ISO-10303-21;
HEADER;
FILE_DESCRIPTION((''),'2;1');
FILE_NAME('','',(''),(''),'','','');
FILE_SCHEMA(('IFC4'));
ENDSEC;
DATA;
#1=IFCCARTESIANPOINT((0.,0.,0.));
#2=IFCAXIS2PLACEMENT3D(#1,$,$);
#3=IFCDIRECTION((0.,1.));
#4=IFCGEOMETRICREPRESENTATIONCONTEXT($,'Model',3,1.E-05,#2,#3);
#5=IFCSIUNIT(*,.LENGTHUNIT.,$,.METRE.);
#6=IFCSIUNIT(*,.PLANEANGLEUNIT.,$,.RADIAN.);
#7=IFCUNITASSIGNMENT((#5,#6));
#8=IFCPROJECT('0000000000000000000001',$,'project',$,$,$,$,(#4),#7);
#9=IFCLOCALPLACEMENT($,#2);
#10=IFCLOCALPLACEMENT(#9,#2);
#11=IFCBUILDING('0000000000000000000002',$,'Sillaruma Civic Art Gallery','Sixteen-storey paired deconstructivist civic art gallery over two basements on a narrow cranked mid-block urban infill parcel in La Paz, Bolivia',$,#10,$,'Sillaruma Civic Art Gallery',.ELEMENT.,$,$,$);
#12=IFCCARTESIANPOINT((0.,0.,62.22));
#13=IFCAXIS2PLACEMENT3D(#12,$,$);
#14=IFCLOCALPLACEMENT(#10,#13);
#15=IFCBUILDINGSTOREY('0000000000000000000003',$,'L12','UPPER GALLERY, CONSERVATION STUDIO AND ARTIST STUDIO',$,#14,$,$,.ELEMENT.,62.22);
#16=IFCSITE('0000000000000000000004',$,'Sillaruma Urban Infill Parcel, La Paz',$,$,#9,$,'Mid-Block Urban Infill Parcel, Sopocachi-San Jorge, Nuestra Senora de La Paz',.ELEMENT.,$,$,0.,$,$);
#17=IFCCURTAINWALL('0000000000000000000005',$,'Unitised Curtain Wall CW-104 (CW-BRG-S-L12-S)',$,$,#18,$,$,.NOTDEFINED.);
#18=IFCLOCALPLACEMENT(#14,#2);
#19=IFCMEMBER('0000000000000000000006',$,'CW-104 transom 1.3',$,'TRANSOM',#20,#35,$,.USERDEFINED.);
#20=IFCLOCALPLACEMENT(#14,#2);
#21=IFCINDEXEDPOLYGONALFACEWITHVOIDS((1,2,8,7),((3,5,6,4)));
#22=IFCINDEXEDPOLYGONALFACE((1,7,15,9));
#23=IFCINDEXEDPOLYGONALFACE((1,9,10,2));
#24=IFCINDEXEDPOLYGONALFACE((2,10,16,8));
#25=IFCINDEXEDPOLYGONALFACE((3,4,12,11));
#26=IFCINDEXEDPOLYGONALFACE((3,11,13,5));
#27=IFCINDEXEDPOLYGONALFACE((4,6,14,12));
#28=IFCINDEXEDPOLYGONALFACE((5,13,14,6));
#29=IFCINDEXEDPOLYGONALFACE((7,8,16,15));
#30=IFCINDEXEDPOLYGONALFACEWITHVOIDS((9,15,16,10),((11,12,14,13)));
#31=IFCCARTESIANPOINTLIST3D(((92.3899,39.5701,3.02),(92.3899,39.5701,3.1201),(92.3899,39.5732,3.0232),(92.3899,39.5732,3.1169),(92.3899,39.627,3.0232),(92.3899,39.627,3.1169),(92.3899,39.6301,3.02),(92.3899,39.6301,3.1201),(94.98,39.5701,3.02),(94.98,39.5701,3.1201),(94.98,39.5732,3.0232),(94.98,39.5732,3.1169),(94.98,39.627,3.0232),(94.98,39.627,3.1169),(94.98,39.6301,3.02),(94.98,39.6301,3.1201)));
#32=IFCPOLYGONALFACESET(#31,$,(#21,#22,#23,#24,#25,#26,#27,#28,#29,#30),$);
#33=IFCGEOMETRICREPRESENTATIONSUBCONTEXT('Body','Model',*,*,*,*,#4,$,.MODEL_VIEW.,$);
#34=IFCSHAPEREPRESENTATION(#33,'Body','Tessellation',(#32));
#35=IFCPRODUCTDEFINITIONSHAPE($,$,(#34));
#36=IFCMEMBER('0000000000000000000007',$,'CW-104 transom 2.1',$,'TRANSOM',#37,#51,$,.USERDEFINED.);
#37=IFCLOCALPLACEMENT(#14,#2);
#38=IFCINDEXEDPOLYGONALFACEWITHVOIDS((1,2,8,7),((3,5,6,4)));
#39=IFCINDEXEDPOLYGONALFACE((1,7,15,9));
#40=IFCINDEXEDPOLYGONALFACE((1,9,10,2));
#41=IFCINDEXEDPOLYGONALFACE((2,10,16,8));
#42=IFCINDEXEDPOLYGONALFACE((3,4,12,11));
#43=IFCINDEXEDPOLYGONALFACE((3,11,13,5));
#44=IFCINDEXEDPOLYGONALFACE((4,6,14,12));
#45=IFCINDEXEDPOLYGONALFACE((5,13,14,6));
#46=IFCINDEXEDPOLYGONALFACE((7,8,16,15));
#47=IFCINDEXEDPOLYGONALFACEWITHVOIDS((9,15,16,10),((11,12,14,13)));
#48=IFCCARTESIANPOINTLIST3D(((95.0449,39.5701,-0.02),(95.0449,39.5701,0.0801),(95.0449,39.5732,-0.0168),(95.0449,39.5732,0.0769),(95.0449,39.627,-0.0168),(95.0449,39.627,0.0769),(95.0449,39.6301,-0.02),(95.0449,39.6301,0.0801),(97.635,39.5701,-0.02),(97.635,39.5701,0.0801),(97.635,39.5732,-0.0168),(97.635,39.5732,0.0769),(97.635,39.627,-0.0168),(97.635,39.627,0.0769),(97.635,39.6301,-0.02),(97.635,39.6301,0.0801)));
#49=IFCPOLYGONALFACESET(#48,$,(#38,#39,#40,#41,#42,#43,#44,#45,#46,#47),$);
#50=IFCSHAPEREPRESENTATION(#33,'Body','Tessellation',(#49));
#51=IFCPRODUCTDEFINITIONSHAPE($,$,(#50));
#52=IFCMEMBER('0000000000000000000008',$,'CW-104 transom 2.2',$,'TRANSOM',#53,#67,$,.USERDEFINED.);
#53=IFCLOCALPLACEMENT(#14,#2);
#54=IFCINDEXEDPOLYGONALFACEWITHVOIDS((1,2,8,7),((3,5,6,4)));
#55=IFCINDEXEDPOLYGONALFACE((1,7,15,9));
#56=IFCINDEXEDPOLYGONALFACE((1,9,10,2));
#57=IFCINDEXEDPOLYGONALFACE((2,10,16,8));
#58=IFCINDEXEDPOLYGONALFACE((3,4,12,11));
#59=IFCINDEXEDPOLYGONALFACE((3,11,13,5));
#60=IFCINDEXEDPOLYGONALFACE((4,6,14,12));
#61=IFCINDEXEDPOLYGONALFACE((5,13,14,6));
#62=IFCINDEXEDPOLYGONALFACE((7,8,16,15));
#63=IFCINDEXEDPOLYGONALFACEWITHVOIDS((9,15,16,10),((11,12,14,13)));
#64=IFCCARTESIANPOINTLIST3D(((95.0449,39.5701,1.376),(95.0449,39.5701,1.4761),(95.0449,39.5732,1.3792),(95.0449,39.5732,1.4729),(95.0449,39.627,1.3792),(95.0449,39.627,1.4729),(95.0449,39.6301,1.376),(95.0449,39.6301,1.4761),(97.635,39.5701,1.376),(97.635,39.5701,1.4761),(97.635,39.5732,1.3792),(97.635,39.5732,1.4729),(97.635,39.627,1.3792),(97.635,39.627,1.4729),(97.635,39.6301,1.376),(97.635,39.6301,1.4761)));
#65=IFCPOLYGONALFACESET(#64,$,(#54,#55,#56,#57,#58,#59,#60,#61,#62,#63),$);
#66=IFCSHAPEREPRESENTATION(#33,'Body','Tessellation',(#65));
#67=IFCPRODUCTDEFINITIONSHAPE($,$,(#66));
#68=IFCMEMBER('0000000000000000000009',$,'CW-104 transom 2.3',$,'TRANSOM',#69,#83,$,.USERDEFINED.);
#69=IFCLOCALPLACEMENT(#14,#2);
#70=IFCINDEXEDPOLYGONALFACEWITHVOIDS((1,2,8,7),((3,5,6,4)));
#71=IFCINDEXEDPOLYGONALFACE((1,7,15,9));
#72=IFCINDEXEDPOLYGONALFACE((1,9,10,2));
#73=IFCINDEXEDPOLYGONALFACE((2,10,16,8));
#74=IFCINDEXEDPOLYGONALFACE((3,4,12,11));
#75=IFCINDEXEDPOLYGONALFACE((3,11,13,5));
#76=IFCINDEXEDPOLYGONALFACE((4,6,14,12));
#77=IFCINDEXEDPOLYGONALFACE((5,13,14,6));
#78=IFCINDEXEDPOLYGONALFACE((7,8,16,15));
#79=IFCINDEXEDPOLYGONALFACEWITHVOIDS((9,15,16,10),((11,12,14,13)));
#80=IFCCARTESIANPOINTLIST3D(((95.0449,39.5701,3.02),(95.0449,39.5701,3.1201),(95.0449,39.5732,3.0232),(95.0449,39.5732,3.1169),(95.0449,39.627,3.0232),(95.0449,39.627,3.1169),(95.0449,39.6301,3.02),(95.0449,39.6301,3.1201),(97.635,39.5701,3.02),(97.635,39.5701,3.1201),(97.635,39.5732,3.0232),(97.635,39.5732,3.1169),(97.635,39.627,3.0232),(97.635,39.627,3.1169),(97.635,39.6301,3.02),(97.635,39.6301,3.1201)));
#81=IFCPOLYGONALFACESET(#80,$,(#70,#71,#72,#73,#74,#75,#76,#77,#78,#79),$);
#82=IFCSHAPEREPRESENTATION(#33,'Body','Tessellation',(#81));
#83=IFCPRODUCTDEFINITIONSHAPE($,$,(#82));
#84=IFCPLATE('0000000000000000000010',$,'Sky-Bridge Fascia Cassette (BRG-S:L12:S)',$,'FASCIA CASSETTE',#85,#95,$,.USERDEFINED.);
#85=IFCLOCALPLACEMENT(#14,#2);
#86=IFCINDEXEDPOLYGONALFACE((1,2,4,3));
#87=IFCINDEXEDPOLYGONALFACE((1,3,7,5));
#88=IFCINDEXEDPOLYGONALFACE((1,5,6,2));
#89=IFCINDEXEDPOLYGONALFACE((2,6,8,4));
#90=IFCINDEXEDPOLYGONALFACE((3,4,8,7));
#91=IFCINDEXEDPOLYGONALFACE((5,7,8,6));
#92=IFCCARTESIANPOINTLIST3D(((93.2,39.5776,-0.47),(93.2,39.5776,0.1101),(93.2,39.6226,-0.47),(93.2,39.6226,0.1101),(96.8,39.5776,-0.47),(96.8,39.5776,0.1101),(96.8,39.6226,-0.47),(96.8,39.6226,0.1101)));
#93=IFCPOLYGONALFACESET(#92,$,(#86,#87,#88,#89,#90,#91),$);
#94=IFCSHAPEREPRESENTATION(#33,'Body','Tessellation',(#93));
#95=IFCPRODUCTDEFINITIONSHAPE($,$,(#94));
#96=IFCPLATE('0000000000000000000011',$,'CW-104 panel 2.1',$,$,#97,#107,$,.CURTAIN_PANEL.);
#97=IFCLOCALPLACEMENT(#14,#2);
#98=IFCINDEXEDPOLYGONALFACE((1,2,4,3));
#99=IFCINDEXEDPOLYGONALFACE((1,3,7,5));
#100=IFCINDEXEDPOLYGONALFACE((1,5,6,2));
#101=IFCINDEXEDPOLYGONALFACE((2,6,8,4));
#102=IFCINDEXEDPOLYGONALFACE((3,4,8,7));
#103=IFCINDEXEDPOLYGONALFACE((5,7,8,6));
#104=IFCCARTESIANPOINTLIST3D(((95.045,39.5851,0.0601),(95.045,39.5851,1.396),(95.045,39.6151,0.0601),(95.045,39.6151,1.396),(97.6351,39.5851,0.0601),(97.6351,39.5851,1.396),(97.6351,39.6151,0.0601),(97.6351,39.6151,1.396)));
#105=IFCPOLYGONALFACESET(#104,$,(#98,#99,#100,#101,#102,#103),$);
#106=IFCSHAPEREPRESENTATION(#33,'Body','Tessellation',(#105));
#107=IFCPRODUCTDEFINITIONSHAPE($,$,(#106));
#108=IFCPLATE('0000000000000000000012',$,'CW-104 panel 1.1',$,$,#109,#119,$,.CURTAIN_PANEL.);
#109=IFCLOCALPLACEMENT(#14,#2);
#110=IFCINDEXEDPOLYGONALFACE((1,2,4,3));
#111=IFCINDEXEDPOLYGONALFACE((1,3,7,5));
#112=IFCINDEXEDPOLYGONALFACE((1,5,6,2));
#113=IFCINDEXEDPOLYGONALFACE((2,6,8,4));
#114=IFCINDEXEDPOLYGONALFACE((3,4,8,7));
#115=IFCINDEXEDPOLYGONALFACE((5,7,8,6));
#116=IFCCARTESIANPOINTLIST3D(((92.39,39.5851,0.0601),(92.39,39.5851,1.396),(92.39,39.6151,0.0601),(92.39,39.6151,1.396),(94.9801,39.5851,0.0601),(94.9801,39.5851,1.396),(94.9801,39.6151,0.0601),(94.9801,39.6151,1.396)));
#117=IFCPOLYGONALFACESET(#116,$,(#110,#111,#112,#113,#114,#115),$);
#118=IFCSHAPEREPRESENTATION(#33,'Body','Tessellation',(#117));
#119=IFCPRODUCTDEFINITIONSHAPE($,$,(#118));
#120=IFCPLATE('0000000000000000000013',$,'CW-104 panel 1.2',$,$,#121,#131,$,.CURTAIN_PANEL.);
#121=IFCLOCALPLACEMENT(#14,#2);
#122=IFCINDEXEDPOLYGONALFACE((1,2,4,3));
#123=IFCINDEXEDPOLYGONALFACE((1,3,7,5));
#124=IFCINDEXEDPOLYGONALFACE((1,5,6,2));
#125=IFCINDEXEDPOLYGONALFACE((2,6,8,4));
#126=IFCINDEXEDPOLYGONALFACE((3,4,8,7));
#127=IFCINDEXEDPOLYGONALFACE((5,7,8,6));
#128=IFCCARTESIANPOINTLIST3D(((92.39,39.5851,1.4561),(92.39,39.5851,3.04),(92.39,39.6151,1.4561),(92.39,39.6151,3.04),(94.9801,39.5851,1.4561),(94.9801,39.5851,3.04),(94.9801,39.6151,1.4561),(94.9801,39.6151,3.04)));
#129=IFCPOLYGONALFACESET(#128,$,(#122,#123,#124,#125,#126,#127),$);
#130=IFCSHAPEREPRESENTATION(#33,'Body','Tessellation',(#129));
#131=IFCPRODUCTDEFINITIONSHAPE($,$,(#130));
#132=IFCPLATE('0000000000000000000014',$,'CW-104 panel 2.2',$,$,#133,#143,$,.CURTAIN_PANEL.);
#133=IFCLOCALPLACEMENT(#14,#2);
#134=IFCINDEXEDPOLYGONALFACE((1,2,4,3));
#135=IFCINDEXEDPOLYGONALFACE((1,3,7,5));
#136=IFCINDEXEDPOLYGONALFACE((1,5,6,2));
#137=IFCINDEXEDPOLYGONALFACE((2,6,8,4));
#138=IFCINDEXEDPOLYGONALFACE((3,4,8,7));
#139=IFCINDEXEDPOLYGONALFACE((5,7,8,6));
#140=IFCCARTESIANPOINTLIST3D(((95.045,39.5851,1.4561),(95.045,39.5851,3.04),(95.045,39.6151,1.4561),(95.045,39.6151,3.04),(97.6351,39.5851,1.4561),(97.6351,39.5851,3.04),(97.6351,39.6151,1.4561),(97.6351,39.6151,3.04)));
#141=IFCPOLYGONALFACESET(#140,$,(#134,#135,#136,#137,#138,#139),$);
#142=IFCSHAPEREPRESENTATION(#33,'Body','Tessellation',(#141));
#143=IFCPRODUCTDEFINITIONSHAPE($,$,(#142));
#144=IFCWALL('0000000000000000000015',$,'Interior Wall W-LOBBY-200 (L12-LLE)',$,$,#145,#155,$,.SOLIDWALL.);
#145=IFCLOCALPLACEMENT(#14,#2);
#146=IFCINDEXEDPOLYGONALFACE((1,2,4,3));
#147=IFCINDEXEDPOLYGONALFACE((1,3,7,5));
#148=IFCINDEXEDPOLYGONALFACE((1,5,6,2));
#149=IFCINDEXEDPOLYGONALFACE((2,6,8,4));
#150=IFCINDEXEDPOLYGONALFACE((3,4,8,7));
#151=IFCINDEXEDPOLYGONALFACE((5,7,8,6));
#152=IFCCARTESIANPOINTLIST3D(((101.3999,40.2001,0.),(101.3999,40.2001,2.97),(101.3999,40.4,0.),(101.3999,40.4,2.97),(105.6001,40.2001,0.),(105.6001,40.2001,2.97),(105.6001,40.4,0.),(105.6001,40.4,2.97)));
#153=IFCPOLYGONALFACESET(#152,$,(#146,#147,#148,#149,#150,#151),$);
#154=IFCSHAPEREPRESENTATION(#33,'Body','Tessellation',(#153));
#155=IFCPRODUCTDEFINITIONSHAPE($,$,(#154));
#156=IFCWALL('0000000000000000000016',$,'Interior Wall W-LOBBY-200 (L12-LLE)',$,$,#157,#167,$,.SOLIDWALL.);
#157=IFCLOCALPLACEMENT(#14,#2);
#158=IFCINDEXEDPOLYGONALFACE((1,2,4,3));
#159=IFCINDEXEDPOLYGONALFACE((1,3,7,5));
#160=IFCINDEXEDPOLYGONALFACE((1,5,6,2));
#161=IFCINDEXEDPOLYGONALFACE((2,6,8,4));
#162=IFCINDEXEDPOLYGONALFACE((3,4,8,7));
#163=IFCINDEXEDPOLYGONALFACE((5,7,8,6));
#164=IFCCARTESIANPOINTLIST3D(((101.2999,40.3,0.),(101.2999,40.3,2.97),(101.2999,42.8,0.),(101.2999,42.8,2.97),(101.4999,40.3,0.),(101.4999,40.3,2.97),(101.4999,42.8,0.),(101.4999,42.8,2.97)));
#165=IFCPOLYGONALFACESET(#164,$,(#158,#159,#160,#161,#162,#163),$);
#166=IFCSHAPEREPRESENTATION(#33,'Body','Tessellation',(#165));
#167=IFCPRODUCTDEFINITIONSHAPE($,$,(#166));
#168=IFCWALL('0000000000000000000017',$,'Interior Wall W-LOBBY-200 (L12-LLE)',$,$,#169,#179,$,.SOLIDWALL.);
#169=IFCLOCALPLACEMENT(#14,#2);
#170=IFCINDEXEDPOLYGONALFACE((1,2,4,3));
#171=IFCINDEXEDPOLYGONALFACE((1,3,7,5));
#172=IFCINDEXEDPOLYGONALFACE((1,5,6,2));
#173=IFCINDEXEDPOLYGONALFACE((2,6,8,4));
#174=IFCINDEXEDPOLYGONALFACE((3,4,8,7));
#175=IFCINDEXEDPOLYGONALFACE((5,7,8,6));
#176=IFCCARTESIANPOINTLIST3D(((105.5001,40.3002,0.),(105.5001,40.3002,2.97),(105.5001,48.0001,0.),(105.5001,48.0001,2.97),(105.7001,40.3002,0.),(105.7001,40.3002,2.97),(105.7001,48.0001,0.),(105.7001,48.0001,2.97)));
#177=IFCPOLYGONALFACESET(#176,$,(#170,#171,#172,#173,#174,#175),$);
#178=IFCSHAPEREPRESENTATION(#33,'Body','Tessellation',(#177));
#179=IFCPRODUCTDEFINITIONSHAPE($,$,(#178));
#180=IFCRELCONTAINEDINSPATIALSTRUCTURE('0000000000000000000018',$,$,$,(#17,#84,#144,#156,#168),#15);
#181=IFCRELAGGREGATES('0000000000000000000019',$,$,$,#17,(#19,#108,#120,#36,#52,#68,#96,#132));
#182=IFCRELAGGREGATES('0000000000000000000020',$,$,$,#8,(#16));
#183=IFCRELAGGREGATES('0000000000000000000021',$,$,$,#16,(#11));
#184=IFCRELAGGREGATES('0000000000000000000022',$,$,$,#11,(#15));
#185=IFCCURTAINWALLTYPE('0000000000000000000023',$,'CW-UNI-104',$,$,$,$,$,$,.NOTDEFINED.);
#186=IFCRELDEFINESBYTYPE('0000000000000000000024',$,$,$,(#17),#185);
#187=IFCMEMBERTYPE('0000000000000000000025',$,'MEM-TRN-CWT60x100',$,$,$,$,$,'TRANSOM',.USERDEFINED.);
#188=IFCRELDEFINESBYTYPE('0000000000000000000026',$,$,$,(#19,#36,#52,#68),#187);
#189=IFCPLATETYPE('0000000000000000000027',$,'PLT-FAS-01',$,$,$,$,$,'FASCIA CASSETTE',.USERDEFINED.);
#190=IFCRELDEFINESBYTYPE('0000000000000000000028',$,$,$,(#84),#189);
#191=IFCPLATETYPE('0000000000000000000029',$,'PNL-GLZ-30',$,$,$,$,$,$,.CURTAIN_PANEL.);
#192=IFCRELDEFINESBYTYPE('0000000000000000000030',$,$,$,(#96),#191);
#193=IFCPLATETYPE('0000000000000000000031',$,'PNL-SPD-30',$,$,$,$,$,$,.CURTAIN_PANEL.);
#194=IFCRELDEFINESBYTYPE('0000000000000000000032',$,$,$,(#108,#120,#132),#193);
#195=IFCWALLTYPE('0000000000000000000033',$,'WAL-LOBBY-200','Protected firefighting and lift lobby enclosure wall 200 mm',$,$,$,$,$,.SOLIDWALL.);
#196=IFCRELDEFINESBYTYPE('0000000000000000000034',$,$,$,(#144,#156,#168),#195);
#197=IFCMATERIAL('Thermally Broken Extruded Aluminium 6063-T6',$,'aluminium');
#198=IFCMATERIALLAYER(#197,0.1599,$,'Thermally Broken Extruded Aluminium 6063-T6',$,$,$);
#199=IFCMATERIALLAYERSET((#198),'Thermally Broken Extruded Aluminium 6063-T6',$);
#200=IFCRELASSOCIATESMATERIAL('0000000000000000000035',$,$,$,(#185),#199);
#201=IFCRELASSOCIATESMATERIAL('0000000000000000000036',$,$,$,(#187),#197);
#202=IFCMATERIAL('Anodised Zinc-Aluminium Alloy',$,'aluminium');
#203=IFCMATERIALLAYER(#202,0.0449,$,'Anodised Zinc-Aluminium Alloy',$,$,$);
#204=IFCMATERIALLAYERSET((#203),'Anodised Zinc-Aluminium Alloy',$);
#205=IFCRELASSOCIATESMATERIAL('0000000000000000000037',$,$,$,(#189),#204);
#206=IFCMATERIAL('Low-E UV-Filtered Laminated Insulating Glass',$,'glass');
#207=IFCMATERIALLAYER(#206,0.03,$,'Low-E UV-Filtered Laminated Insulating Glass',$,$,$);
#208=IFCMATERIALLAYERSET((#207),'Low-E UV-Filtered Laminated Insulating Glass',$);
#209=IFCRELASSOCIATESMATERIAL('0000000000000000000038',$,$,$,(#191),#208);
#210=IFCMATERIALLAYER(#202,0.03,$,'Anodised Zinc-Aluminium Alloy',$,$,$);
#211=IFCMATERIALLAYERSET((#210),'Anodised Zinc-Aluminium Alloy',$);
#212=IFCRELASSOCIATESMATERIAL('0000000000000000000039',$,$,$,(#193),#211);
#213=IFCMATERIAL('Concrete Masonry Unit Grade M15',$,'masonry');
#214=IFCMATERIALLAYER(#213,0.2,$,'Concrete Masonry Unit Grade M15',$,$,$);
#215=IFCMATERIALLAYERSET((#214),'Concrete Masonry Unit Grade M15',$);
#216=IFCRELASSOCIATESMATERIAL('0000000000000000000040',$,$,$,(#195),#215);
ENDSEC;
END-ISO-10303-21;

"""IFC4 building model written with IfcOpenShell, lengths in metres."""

from ifc_helpers import new_model, si_unit, direction, frame, frame_2d, origin, origin_2d, place, context, subcontext, project, spatial, rectangle, hollow_rectangle, extrude, material, layer, layer_set, material_profile, profile_set, type_object, element, aggregate, save


model = new_model("IFC4")

# Units and contexts
model_context = context("Model", 3, precision=1e-05, world=origin(), true_north=direction((0.0, 1.0)))
body_context = subcontext(model_context, "Body", "Model", "MODEL_VIEW")
ifc_project = project(units=[si_unit("LENGTHUNIT", "METRE"), si_unit("PLANEANGLEUNIT", "RADIAN")], contexts=[model_context])

# Site, building, storey
site_placement = place(None, origin())
site = spatial("IfcSite", under=ifc_project, at=site_placement, Name="Sillaruma Urban Infill Parcel, La Paz", LongName="Mid-Block Urban Infill Parcel, Sopocachi-San Jorge, Nuestra Senora de La Paz", CompositionType="ELEMENT", RefElevation=0.0)
building_placement = place(site_placement, origin())
building = spatial("IfcBuilding", under=site, at=building_placement, Name="Sillaruma Civic Art Gallery", Description="Sixteen-storey paired deconstructivist civic art gallery over two basements on a narrow cranked mid-block urban infill parcel in La Paz, Bolivia", LongName="Sillaruma Civic Art Gallery", CompositionType="ELEMENT")
storey_placement = place(building_placement, frame((0.0, 0.0, 62.22)))
storey = spatial("IfcBuildingStorey", under=building, at=storey_placement, Name="L12", Description="UPPER GALLERY, CONSERVATION STUDIO AND ARTIST STUDIO", CompositionType="ELEMENT", Elevation=62.22)

# Curtain wall, members
ifc_material_1 = material(Name="Thermally Broken Extruded Aluminium 6063-T6", Category="aluminium")
ifc_layer_1 = layer(ifc_material_1, 0.1599, Name="Thermally Broken Extruded Aluminium 6063-T6")
ifc_layer_set_1 = layer_set([ifc_layer_1], Name="Thermally Broken Extruded Aluminium 6063-T6")
curtain_wall_type = type_object("IfcCurtainWallType", Name="CW-UNI-104", PredefinedType="NOTDEFINED", material=ifc_layer_set_1)
curtain_wall_placement = place(storey_placement, origin())
curtain_wall = element("IfcCurtainWall", 1, at=curtain_wall_placement, inside=storey, type_object=curtain_wall_type, Name="Unitised Curtain Wall CW-104 (CW-BRG-S-L12-S)", PredefinedType="NOTDEFINED")
ifc_material_profile_1 = material_profile(ifc_material_1, hollow_rectangle(XDim=0.0601, YDim=0.1001, WallThickness=0.0032, at=origin_2d()), Name="CWT60x100")
ifc_profile_set_1 = profile_set([ifc_material_profile_1], Name="Thermally Broken Extruded Aluminium 6063-T6")
member_type_1 = type_object("IfcMemberType", Name="MEM-TRN-CWT60x100", ElementType="TRANSOM", PredefinedType="USERDEFINED", material=ifc_profile_set_1)
member_1_placement = place(storey_placement, frame((92.3899, 39.6001, 3.0701), z_axis=(1.0, 0.0, 0.0), x_axis=(0.0, 1.0, 0.0)))
member_1 = element("IfcMember", 2, at=member_1_placement, type_object=member_type_1, Name="CW-104 transom 1.3", ObjectType="TRANSOM", PredefinedType="USERDEFINED", context=body_context, shape_type="SweptSolid", body=[
    extrude(hollow_rectangle(XDim=0.0601, YDim=0.1001, WallThickness=0.0032, at=origin_2d()), origin(), (0.0, 0.0, 1.0), 2.5901),
])
member_2_placement = place(storey_placement, frame((95.0449, 39.6001, 0.03), z_axis=(1.0, 0.0, 0.0), x_axis=(0.0, 1.0, 0.0)))
member_2 = element("IfcMember", 3, at=member_2_placement, type_object=member_type_1, Name="CW-104 transom 2.1", ObjectType="TRANSOM", PredefinedType="USERDEFINED", context=body_context, shape_type="SweptSolid", body=[
    extrude(hollow_rectangle(XDim=0.0601, YDim=0.1001, WallThickness=0.0032, at=origin_2d()), origin(), (0.0, 0.0, 1.0), 2.5901),
])
member_3_placement = place(storey_placement, frame((95.0449, 39.6001, 1.426), z_axis=(1.0, 0.0, 0.0), x_axis=(0.0, 1.0, 0.0)))
member_3 = element("IfcMember", 4, at=member_3_placement, type_object=member_type_1, Name="CW-104 transom 2.2", ObjectType="TRANSOM", PredefinedType="USERDEFINED", context=body_context, shape_type="SweptSolid", body=[
    extrude(hollow_rectangle(XDim=0.0601, YDim=0.1001, WallThickness=0.0032, at=origin_2d()), origin(), (0.0, 0.0, 1.0), 2.5901),
])
member_4_placement = place(storey_placement, frame((95.0449, 39.6001, 3.0701), z_axis=(1.0, 0.0, 0.0), x_axis=(0.0, 1.0, 0.0)))
member_4 = element("IfcMember", 5, at=member_4_placement, type_object=member_type_1, Name="CW-104 transom 2.3", ObjectType="TRANSOM", PredefinedType="USERDEFINED", context=body_context, shape_type="SweptSolid", body=[
    extrude(hollow_rectangle(XDim=0.0601, YDim=0.1001, WallThickness=0.0032, at=origin_2d()), origin(), (0.0, 0.0, 1.0), 2.5901),
])

# Plates
ifc_material_2 = material(Name="Anodised Zinc-Aluminium Alloy", Category="aluminium")
ifc_layer_2 = layer(ifc_material_2, 0.0449, Name="Anodised Zinc-Aluminium Alloy")
ifc_layer_set_2 = layer_set([ifc_layer_2], Name="Anodised Zinc-Aluminium Alloy")
plate_type_1 = type_object("IfcPlateType", Name="PLT-FAS-01", ElementType="FASCIA CASSETTE", PredefinedType="USERDEFINED", material=ifc_layer_set_2)
plate_1_placement = place(storey_placement, frame((95.0, 39.6001, -0.47), z_axis=(0.0, 0.0, 1.0), x_axis=(1.0, 0.0, 0.0)))
element("IfcPlate", 6, at=plate_1_placement, inside=storey, type_object=plate_type_1, Name="Sky-Bridge Fascia Cassette (BRG-S:L12:S)", ObjectType="FASCIA CASSETTE", PredefinedType="USERDEFINED", context=body_context, shape_type="SweptSolid", body=[
    extrude(rectangle(XDim=3.6001, YDim=0.0449, at=origin_2d()), origin(), (0.0, 0.0, 1.0), 0.5801),
])
ifc_material_3 = material(Name="Low-E UV-Filtered Laminated Insulating Glass", Category="glass")
ifc_layer_3 = layer(ifc_material_3, 0.03, Name="Low-E UV-Filtered Laminated Insulating Glass")
ifc_layer_set_3 = layer_set([ifc_layer_3], Name="Low-E UV-Filtered Laminated Insulating Glass")
plate_type_2 = type_object("IfcPlateType", Name="PNL-GLZ-30", PredefinedType="CURTAIN_PANEL", material=ifc_layer_set_3)
plate_2_placement = place(storey_placement, frame((96.3401, 39.6001, 0.0601), z_axis=(0.0, 0.0, 1.0), x_axis=(1.0, 0.0, 0.0)))
plate_2 = element("IfcPlate", 7, at=plate_2_placement, type_object=plate_type_2, Name="CW-104 panel 2.1", PredefinedType="CURTAIN_PANEL", context=body_context, shape_type="SweptSolid", body=[
    extrude(rectangle(XDim=2.5901, YDim=0.03, at=origin_2d()), origin(), (0.0, 0.0, 1.0), 1.3359),
])
ifc_layer_4 = layer(ifc_material_2, 0.03, Name="Anodised Zinc-Aluminium Alloy")
ifc_layer_set_4 = layer_set([ifc_layer_4], Name="Anodised Zinc-Aluminium Alloy")
plate_type_3 = type_object("IfcPlateType", Name="PNL-SPD-30", PredefinedType="CURTAIN_PANEL", material=ifc_layer_set_4)
plate_3_placement = place(storey_placement, frame((93.6851, 39.6001, 0.0601), z_axis=(0.0, 0.0, 1.0), x_axis=(1.0, 0.0, 0.0)))
plate_3 = element("IfcPlate", 8, at=plate_3_placement, type_object=plate_type_3, Name="CW-104 panel 1.1", PredefinedType="CURTAIN_PANEL", context=body_context, shape_type="SweptSolid", body=[
    extrude(rectangle(XDim=2.5901, YDim=0.03, at=origin_2d()), origin(), (0.0, 0.0, 1.0), 1.3359),
])
plate_4_placement = place(storey_placement, frame((93.6851, 39.6001, 1.4561), z_axis=(0.0, 0.0, 1.0), x_axis=(1.0, 0.0, 0.0)))
plate_4 = element("IfcPlate", 9, at=plate_4_placement, type_object=plate_type_3, Name="CW-104 panel 1.2", PredefinedType="CURTAIN_PANEL", context=body_context, shape_type="SweptSolid", body=[
    extrude(rectangle(XDim=2.5901, YDim=0.03, at=origin_2d()), origin(), (0.0, 0.0, 1.0), 1.584),
])
plate_5_placement = place(storey_placement, frame((96.3401, 39.6001, 1.4561), z_axis=(0.0, 0.0, 1.0), x_axis=(1.0, 0.0, 0.0)))
plate_5 = element("IfcPlate", 10, at=plate_5_placement, type_object=plate_type_3, Name="CW-104 panel 2.2", PredefinedType="CURTAIN_PANEL", context=body_context, shape_type="SweptSolid", body=[
    extrude(rectangle(XDim=2.5901, YDim=0.03, at=origin_2d()), origin(), (0.0, 0.0, 1.0), 1.584),
])
aggregate(curtain_wall, [member_1, plate_3, plate_4, member_2, member_3, member_4, plate_2, plate_5])

# Walls
ifc_material_4 = material(Name="Concrete Masonry Unit Grade M15", Category="masonry")
ifc_layer_5 = layer(ifc_material_4, 0.2, Name="Concrete Masonry Unit Grade M15")
ifc_layer_set_5 = layer_set([ifc_layer_5], Name="Concrete Masonry Unit Grade M15")
wall_type_1 = type_object("IfcWallType", Name="WAL-LOBBY-200", Description="Protected firefighting and lift lobby enclosure wall 200 mm", PredefinedType="SOLIDWALL", material=ifc_layer_set_5)
wall_1_placement = place(storey_placement, frame((101.3999, 40.3, 0.0), z_axis=(0.0, 0.0, 1.0), x_axis=(1.0, 0.0, 0.0)))
element("IfcWall", 11, at=wall_1_placement, inside=storey, type_object=wall_type_1, Name="Interior Wall W-LOBBY-200 (L12-LLE)", PredefinedType="SOLIDWALL", context=body_context, shape_type="SweptSolid", body=[
    extrude(rectangle(XDim=4.2002, YDim=0.2, at=frame_2d((2.1001, 0.0))), origin(), (0.0, 0.0, 1.0), 2.97),
])
wall_2_placement = place(storey_placement, frame((101.3999, 40.3, 0.0), z_axis=(0.0, 0.0, 1.0), x_axis=(0.0, 1.0, 0.0)))
element("IfcWall", 12, at=wall_2_placement, inside=storey, type_object=wall_type_1, Name="Interior Wall W-LOBBY-200 (L12-LLE)", PredefinedType="SOLIDWALL", context=body_context, shape_type="SweptSolid", body=[
    extrude(rectangle(XDim=2.5, YDim=0.2, at=frame_2d((1.25, 0.0))), origin(), (0.0, 0.0, 1.0), 2.97),
])
wall_3_placement = place(storey_placement, frame((105.6001, 40.3, 0.0), z_axis=(0.0, 0.0, 1.0), x_axis=(0.0, 1.0, 0.0)))
element("IfcWall", 13, at=wall_3_placement, inside=storey, type_object=wall_type_1, Name="Interior Wall W-LOBBY-200 (L12-LLE)", PredefinedType="SOLIDWALL", context=body_context, shape_type="SweptSolid", body=[
    extrude(rectangle(XDim=7.7, YDim=0.2, at=frame_2d((3.8501, 0.0))), origin(), (0.0, 0.0, 1.0), 2.97),
])

save(model, "model.ifc")
